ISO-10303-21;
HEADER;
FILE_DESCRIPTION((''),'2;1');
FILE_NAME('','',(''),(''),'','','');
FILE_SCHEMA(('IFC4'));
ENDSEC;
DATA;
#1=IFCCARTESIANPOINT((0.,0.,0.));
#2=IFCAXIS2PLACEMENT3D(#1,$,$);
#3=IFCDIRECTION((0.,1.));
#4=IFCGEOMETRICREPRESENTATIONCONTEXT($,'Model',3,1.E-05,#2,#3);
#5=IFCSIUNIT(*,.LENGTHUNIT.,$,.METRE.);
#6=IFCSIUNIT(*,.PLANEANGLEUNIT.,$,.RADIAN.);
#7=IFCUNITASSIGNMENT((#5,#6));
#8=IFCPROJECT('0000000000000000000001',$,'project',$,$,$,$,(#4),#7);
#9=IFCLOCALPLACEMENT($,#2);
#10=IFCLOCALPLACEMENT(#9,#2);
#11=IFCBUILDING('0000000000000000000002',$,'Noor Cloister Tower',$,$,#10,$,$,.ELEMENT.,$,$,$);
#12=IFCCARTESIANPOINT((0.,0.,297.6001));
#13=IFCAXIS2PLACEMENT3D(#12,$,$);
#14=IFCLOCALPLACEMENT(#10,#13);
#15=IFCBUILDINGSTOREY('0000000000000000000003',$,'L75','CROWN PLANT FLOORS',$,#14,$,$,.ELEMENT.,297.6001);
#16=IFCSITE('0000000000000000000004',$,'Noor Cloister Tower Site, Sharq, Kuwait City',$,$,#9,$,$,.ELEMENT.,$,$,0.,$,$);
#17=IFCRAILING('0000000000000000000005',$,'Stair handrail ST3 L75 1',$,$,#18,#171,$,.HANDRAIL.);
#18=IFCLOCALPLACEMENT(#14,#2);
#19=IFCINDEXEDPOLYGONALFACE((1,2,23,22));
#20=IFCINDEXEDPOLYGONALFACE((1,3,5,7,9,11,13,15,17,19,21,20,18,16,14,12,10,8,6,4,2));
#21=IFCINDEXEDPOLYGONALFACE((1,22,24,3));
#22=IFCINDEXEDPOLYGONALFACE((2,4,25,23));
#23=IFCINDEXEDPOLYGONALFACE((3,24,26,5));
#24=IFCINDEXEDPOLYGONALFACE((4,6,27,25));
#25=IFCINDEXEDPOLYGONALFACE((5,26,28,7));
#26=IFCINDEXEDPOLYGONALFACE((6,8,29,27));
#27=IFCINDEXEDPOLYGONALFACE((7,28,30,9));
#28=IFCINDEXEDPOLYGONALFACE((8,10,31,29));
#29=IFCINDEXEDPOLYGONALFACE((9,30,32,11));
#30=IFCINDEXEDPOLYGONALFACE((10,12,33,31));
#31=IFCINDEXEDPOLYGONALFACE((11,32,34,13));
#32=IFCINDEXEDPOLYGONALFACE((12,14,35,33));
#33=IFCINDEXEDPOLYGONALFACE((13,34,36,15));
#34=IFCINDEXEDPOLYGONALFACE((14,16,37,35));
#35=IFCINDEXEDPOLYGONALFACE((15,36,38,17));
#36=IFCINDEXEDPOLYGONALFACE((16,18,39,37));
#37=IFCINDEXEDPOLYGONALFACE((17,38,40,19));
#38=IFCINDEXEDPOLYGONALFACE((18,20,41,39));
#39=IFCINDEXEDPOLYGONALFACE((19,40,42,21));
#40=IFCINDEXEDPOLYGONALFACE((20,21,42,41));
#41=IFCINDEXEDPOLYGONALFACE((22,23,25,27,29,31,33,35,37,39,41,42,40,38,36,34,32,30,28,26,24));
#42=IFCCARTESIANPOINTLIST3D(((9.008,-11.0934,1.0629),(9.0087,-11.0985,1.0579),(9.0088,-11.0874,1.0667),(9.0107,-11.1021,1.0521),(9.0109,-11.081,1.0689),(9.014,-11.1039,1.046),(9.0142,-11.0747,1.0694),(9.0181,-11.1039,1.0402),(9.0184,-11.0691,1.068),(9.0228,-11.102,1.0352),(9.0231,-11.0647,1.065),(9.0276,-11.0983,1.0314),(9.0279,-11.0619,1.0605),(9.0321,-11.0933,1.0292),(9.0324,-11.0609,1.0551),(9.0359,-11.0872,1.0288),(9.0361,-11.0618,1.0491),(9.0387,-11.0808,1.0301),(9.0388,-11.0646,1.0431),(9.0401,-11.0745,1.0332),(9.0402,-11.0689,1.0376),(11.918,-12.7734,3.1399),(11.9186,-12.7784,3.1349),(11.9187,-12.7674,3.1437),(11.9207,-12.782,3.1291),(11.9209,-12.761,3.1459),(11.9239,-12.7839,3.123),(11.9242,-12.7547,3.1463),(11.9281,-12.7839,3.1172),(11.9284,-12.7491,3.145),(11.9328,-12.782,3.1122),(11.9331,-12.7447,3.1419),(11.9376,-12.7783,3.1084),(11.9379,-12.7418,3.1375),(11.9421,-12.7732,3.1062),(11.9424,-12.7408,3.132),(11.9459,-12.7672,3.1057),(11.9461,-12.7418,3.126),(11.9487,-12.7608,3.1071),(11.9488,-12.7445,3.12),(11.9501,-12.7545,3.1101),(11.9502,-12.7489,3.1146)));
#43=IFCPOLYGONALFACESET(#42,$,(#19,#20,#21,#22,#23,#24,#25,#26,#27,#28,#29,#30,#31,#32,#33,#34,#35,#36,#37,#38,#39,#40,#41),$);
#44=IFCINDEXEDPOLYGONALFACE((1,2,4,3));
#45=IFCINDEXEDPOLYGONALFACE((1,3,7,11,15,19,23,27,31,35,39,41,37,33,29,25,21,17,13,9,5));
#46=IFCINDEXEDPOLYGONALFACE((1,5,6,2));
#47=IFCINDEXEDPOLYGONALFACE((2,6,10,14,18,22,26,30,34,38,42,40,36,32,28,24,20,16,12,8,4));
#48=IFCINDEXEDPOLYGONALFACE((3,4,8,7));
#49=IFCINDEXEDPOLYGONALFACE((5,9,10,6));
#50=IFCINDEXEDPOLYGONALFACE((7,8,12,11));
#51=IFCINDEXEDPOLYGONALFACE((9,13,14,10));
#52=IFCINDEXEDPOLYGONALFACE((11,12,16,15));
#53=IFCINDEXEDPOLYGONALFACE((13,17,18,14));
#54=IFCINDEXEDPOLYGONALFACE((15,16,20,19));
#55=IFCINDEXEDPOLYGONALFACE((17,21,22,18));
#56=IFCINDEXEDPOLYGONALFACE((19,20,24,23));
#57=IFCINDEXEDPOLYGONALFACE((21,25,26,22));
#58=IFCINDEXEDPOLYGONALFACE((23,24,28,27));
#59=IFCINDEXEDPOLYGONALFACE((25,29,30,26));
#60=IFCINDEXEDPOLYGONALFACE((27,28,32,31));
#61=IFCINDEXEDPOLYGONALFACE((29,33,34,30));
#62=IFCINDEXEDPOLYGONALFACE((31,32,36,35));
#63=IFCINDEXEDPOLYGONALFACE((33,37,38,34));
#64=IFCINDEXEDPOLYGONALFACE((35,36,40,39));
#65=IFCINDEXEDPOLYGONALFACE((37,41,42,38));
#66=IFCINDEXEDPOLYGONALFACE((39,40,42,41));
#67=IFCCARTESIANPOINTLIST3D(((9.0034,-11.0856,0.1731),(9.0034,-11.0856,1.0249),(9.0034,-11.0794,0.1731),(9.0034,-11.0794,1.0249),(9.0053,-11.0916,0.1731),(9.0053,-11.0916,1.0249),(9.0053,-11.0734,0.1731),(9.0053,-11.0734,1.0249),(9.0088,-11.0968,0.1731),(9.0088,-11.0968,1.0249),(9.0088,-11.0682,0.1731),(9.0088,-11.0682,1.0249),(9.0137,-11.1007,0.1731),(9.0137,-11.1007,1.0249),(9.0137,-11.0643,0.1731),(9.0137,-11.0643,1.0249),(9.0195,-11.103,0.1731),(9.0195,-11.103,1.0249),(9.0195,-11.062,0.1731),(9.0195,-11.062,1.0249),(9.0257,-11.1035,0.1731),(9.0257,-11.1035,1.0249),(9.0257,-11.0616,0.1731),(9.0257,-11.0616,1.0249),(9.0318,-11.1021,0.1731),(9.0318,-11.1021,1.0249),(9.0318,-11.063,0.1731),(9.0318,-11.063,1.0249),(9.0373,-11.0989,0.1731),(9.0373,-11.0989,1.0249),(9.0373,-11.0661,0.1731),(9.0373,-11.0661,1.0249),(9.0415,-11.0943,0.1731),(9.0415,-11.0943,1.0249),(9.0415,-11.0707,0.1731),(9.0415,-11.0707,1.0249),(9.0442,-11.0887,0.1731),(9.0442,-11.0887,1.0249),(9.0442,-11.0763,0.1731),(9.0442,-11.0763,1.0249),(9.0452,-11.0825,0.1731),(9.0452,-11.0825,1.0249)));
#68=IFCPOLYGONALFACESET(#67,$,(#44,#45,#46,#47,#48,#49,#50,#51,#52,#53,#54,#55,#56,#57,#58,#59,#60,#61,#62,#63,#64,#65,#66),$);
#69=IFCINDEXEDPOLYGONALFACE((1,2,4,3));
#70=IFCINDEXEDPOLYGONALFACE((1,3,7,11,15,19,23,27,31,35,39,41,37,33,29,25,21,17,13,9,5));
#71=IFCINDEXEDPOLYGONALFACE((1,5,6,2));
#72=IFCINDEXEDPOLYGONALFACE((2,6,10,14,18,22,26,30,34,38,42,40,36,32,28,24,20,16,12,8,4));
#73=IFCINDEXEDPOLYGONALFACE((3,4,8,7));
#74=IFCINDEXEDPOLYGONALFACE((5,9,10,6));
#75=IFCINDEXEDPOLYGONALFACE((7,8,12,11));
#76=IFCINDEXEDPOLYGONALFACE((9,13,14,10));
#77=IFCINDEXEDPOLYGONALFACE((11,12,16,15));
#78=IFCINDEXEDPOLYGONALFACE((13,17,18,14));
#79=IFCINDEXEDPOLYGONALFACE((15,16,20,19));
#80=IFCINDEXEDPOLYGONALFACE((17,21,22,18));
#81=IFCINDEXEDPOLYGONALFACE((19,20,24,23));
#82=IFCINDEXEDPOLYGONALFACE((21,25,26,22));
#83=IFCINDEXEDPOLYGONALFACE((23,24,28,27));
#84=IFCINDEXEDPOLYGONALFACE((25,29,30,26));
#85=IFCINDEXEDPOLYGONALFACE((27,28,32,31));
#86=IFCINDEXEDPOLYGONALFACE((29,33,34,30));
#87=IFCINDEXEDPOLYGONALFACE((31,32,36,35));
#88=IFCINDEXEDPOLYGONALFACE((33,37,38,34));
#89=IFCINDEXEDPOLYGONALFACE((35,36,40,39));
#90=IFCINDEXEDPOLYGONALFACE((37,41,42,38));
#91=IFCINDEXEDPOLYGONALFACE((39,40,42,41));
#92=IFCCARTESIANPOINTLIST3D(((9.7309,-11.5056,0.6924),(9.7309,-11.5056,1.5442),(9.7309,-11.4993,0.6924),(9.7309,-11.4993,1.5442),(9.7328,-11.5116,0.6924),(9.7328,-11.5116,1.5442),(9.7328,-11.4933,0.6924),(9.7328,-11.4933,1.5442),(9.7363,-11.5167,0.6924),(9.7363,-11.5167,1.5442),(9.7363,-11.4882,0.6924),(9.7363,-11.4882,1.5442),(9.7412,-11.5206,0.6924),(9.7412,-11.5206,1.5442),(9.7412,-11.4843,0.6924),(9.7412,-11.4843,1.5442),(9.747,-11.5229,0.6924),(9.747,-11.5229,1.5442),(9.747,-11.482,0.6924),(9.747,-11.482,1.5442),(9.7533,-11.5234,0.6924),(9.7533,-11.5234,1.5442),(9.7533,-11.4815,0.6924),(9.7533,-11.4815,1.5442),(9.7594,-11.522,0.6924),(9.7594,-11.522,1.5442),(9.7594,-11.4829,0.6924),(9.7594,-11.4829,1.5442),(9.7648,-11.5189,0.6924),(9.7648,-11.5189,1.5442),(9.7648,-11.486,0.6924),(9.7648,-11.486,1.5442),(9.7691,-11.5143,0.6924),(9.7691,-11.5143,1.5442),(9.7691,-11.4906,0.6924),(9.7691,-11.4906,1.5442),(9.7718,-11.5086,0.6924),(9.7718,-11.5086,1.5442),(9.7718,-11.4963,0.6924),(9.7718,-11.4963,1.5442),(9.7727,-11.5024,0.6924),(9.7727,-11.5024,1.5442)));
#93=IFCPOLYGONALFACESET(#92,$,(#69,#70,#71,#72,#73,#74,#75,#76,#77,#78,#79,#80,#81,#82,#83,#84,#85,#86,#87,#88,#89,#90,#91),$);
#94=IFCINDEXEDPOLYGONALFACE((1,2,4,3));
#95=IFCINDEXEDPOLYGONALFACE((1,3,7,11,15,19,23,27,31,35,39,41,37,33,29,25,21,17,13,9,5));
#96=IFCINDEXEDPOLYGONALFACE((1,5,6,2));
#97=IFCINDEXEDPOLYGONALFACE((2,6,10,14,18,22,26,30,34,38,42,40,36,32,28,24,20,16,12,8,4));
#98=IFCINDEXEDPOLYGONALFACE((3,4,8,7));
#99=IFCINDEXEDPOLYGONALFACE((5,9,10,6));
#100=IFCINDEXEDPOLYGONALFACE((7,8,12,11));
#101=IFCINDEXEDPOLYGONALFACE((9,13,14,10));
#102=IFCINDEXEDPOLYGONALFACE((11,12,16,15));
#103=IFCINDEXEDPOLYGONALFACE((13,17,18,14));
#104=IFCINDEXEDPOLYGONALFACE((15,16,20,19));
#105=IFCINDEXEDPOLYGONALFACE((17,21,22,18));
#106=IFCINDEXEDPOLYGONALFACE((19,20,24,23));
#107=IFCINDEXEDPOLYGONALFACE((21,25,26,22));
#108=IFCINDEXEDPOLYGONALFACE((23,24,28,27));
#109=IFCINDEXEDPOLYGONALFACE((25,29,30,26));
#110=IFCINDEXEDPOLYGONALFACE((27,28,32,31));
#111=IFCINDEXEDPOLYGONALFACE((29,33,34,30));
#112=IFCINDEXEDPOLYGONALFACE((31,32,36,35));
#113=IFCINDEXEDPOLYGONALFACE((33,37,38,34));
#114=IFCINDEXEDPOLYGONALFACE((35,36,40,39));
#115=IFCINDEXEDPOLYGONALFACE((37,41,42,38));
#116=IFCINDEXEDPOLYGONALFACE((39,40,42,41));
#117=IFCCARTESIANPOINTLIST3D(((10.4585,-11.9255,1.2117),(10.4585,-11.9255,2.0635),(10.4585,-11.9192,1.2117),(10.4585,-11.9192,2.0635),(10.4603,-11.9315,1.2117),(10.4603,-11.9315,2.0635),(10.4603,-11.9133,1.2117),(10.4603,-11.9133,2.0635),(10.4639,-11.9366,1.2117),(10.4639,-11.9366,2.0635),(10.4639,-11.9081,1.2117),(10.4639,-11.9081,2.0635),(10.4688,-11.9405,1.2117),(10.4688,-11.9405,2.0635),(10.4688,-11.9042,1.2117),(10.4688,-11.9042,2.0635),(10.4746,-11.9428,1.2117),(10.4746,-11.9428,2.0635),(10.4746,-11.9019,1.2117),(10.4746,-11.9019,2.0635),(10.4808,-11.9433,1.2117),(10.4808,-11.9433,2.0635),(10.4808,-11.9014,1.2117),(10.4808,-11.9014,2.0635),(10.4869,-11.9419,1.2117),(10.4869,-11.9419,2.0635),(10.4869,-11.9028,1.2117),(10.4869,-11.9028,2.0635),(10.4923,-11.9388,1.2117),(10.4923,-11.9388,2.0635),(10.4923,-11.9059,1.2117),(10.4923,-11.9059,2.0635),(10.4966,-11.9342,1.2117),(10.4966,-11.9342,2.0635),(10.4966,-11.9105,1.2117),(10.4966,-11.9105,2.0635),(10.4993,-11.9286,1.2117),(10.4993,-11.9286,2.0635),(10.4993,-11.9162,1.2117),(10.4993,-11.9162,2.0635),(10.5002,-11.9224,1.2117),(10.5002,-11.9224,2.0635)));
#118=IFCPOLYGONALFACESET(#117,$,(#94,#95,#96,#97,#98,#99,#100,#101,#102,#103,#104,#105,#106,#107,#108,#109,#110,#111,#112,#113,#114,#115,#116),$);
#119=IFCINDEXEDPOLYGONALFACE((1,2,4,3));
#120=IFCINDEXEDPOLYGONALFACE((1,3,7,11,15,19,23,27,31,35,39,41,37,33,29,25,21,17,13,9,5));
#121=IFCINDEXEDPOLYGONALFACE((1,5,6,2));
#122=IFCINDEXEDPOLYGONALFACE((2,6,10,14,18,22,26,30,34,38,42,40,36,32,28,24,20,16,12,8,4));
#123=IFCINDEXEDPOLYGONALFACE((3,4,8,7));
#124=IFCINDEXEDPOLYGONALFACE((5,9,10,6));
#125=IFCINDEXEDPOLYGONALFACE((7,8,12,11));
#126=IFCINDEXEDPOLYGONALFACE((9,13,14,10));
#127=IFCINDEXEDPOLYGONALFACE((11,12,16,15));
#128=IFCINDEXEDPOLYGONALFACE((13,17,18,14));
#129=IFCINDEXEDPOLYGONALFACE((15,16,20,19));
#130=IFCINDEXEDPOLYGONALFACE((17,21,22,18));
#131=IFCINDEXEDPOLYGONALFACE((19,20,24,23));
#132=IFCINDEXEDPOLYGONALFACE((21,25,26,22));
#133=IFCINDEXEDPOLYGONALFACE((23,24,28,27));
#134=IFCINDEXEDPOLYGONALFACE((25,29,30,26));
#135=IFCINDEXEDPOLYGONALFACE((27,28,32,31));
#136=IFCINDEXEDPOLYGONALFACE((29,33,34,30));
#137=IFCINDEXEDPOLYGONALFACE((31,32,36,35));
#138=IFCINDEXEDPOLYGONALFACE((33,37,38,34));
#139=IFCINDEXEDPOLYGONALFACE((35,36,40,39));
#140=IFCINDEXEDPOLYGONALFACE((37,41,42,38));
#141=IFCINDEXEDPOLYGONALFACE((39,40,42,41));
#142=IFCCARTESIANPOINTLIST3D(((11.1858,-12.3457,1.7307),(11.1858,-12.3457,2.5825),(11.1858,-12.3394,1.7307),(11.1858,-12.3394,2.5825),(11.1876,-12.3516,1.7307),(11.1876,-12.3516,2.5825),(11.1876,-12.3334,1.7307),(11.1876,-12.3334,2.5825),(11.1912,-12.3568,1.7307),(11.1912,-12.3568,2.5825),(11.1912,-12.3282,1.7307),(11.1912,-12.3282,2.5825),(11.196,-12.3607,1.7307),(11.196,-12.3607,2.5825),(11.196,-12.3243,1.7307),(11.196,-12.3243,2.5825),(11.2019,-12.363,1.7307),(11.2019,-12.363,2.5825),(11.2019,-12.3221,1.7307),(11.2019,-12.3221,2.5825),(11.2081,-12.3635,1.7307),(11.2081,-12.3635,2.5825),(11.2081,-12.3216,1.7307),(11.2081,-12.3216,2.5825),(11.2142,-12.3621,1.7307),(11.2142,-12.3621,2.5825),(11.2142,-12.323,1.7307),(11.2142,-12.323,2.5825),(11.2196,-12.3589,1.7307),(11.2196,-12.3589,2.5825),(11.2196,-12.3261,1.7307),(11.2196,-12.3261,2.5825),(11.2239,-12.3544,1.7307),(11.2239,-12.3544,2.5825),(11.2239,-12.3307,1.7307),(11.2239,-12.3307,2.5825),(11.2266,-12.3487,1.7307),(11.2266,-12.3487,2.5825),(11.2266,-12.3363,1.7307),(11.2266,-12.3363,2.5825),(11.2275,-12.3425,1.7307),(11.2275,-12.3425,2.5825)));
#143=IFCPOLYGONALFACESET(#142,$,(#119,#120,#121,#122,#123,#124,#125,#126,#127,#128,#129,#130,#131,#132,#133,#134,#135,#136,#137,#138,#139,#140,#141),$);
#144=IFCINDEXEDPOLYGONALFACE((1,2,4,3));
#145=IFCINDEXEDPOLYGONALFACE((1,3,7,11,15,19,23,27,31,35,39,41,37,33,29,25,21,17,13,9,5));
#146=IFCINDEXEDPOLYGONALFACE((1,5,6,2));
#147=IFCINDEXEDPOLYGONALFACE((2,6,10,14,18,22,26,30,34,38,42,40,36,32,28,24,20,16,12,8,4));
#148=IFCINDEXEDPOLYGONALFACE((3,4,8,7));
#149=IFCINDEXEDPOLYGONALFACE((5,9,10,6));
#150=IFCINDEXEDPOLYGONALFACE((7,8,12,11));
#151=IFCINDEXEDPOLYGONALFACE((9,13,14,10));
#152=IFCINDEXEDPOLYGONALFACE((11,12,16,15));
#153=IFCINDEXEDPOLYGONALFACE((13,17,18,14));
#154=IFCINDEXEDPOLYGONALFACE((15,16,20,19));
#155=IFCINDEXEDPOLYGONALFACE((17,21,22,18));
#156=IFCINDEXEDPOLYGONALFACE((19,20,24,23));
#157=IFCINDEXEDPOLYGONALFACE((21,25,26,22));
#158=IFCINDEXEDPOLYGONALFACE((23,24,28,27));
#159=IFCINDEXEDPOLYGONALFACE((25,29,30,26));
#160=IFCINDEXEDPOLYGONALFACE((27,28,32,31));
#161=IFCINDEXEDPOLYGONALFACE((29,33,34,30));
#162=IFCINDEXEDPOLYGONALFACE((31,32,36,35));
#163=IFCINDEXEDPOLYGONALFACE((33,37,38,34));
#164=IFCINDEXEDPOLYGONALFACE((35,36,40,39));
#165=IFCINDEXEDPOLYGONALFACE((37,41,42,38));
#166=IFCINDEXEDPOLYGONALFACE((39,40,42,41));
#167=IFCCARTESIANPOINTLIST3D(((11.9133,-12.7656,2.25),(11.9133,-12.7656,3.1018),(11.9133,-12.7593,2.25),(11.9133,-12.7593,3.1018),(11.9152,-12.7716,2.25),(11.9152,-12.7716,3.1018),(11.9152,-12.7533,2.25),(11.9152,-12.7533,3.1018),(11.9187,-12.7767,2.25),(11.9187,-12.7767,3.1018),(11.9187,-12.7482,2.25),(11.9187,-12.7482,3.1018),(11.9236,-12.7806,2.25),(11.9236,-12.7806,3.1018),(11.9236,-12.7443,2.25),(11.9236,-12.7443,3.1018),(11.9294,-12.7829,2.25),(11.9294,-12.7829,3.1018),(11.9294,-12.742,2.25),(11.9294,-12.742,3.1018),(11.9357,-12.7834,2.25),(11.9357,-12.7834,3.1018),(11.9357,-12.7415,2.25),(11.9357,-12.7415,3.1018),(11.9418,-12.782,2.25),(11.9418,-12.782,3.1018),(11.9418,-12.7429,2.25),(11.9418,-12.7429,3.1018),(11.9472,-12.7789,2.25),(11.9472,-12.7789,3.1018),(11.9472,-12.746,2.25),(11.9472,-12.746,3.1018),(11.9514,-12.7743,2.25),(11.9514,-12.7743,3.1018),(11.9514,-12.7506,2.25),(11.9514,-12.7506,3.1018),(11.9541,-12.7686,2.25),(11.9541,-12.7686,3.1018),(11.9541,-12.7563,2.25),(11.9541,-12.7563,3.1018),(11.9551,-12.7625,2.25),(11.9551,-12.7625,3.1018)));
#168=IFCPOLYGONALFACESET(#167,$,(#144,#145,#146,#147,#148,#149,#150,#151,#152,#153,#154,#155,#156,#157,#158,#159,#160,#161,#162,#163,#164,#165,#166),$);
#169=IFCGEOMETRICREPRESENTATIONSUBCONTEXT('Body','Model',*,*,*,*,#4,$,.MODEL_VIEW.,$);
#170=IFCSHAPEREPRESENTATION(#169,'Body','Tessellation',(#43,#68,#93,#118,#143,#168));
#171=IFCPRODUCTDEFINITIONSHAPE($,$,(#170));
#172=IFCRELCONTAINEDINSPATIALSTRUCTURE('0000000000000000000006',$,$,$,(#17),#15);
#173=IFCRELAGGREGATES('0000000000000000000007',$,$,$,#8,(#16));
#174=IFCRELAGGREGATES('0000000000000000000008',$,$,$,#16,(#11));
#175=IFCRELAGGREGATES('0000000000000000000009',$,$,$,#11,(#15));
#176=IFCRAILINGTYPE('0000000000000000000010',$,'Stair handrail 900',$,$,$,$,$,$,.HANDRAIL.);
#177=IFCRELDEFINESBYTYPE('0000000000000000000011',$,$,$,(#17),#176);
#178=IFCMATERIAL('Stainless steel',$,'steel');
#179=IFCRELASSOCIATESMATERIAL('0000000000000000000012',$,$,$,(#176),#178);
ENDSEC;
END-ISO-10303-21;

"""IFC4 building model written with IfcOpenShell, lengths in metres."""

from ifc_helpers import new_model, si_unit, direction, frame, origin, origin_2d, place, context, subcontext, project, spatial, circle, extrude, material, type_object, element, save


model = new_model("IFC4")

# Units and contexts
model_context = context("Model", 3, precision=1e-05, world=origin(), true_north=direction((0.0, 1.0)))
body_context = subcontext(model_context, "Body", "Model", "MODEL_VIEW")
ifc_project = project(units=[si_unit("LENGTHUNIT", "METRE"), si_unit("PLANEANGLEUNIT", "RADIAN")], contexts=[model_context])

# Site, building, storey
site_placement = place(None, origin())
site = spatial("IfcSite", under=ifc_project, at=site_placement, Name="Noor Cloister Tower Site, Sharq, Kuwait City", CompositionType="ELEMENT", RefElevation=0.0)
building_placement = place(site_placement, origin())
building = spatial("IfcBuilding", under=site, at=building_placement, Name="Noor Cloister Tower", CompositionType="ELEMENT")
storey_placement = place(building_placement, frame((0.0, 0.0, 297.6001)))
storey = spatial("IfcBuildingStorey", under=building, at=storey_placement, Name="L75", Description="CROWN PLANT FLOORS", CompositionType="ELEMENT", Elevation=297.6001)

# Railing
ifc_material_1 = material(Name="Stainless steel", Category="steel")
railing_type_1 = type_object("IfcRailingType", Name="Stair handrail 900", PredefinedType="HANDRAIL", material=ifc_material_1)
railing_1_placement = place(storey_placement, frame((9.0242, -11.0825, 0.1731)))
element("IfcRailing", 1, at=railing_1_placement, inside=storey, type_object=railing_type_1, Name="Stair handrail ST3 L75 1", PredefinedType="HANDRAIL", context=body_context, shape_type="SweptSolid", body=[
    extrude(circle(Radius=0.0239, at=origin_2d()), frame((0.0, 0.0, 0.876), z_axis=(0.736668, -0.425288, 0.525785), x_axis=(0.499976, 0.866039, 0.0)), (0.0, 0.0, 1.0), 3.9502),
    extrude(circle(Radius=0.021, at=origin_2d()), origin(), (0.0, 0.0, 1.0), 0.8518),
    extrude(circle(Radius=0.021, at=origin_2d()), frame((0.7275, -0.4199, 0.5193)), (0.0, 0.0, 1.0), 0.8518),
    extrude(circle(Radius=0.021, at=origin_2d()), frame((1.4551, -0.8398, 1.0386)), (0.0, 0.0, 1.0), 0.8518),
    extrude(circle(Radius=0.021, at=origin_2d()), frame((2.1824, -1.26, 1.5576)), (0.0, 0.0, 1.0), 0.8518),
    extrude(circle(Radius=0.021, at=origin_2d()), frame((2.9099, -1.6799, 2.0769)), (0.0, 0.0, 1.0), 0.8518),
])

save(model, "model.ifc")
